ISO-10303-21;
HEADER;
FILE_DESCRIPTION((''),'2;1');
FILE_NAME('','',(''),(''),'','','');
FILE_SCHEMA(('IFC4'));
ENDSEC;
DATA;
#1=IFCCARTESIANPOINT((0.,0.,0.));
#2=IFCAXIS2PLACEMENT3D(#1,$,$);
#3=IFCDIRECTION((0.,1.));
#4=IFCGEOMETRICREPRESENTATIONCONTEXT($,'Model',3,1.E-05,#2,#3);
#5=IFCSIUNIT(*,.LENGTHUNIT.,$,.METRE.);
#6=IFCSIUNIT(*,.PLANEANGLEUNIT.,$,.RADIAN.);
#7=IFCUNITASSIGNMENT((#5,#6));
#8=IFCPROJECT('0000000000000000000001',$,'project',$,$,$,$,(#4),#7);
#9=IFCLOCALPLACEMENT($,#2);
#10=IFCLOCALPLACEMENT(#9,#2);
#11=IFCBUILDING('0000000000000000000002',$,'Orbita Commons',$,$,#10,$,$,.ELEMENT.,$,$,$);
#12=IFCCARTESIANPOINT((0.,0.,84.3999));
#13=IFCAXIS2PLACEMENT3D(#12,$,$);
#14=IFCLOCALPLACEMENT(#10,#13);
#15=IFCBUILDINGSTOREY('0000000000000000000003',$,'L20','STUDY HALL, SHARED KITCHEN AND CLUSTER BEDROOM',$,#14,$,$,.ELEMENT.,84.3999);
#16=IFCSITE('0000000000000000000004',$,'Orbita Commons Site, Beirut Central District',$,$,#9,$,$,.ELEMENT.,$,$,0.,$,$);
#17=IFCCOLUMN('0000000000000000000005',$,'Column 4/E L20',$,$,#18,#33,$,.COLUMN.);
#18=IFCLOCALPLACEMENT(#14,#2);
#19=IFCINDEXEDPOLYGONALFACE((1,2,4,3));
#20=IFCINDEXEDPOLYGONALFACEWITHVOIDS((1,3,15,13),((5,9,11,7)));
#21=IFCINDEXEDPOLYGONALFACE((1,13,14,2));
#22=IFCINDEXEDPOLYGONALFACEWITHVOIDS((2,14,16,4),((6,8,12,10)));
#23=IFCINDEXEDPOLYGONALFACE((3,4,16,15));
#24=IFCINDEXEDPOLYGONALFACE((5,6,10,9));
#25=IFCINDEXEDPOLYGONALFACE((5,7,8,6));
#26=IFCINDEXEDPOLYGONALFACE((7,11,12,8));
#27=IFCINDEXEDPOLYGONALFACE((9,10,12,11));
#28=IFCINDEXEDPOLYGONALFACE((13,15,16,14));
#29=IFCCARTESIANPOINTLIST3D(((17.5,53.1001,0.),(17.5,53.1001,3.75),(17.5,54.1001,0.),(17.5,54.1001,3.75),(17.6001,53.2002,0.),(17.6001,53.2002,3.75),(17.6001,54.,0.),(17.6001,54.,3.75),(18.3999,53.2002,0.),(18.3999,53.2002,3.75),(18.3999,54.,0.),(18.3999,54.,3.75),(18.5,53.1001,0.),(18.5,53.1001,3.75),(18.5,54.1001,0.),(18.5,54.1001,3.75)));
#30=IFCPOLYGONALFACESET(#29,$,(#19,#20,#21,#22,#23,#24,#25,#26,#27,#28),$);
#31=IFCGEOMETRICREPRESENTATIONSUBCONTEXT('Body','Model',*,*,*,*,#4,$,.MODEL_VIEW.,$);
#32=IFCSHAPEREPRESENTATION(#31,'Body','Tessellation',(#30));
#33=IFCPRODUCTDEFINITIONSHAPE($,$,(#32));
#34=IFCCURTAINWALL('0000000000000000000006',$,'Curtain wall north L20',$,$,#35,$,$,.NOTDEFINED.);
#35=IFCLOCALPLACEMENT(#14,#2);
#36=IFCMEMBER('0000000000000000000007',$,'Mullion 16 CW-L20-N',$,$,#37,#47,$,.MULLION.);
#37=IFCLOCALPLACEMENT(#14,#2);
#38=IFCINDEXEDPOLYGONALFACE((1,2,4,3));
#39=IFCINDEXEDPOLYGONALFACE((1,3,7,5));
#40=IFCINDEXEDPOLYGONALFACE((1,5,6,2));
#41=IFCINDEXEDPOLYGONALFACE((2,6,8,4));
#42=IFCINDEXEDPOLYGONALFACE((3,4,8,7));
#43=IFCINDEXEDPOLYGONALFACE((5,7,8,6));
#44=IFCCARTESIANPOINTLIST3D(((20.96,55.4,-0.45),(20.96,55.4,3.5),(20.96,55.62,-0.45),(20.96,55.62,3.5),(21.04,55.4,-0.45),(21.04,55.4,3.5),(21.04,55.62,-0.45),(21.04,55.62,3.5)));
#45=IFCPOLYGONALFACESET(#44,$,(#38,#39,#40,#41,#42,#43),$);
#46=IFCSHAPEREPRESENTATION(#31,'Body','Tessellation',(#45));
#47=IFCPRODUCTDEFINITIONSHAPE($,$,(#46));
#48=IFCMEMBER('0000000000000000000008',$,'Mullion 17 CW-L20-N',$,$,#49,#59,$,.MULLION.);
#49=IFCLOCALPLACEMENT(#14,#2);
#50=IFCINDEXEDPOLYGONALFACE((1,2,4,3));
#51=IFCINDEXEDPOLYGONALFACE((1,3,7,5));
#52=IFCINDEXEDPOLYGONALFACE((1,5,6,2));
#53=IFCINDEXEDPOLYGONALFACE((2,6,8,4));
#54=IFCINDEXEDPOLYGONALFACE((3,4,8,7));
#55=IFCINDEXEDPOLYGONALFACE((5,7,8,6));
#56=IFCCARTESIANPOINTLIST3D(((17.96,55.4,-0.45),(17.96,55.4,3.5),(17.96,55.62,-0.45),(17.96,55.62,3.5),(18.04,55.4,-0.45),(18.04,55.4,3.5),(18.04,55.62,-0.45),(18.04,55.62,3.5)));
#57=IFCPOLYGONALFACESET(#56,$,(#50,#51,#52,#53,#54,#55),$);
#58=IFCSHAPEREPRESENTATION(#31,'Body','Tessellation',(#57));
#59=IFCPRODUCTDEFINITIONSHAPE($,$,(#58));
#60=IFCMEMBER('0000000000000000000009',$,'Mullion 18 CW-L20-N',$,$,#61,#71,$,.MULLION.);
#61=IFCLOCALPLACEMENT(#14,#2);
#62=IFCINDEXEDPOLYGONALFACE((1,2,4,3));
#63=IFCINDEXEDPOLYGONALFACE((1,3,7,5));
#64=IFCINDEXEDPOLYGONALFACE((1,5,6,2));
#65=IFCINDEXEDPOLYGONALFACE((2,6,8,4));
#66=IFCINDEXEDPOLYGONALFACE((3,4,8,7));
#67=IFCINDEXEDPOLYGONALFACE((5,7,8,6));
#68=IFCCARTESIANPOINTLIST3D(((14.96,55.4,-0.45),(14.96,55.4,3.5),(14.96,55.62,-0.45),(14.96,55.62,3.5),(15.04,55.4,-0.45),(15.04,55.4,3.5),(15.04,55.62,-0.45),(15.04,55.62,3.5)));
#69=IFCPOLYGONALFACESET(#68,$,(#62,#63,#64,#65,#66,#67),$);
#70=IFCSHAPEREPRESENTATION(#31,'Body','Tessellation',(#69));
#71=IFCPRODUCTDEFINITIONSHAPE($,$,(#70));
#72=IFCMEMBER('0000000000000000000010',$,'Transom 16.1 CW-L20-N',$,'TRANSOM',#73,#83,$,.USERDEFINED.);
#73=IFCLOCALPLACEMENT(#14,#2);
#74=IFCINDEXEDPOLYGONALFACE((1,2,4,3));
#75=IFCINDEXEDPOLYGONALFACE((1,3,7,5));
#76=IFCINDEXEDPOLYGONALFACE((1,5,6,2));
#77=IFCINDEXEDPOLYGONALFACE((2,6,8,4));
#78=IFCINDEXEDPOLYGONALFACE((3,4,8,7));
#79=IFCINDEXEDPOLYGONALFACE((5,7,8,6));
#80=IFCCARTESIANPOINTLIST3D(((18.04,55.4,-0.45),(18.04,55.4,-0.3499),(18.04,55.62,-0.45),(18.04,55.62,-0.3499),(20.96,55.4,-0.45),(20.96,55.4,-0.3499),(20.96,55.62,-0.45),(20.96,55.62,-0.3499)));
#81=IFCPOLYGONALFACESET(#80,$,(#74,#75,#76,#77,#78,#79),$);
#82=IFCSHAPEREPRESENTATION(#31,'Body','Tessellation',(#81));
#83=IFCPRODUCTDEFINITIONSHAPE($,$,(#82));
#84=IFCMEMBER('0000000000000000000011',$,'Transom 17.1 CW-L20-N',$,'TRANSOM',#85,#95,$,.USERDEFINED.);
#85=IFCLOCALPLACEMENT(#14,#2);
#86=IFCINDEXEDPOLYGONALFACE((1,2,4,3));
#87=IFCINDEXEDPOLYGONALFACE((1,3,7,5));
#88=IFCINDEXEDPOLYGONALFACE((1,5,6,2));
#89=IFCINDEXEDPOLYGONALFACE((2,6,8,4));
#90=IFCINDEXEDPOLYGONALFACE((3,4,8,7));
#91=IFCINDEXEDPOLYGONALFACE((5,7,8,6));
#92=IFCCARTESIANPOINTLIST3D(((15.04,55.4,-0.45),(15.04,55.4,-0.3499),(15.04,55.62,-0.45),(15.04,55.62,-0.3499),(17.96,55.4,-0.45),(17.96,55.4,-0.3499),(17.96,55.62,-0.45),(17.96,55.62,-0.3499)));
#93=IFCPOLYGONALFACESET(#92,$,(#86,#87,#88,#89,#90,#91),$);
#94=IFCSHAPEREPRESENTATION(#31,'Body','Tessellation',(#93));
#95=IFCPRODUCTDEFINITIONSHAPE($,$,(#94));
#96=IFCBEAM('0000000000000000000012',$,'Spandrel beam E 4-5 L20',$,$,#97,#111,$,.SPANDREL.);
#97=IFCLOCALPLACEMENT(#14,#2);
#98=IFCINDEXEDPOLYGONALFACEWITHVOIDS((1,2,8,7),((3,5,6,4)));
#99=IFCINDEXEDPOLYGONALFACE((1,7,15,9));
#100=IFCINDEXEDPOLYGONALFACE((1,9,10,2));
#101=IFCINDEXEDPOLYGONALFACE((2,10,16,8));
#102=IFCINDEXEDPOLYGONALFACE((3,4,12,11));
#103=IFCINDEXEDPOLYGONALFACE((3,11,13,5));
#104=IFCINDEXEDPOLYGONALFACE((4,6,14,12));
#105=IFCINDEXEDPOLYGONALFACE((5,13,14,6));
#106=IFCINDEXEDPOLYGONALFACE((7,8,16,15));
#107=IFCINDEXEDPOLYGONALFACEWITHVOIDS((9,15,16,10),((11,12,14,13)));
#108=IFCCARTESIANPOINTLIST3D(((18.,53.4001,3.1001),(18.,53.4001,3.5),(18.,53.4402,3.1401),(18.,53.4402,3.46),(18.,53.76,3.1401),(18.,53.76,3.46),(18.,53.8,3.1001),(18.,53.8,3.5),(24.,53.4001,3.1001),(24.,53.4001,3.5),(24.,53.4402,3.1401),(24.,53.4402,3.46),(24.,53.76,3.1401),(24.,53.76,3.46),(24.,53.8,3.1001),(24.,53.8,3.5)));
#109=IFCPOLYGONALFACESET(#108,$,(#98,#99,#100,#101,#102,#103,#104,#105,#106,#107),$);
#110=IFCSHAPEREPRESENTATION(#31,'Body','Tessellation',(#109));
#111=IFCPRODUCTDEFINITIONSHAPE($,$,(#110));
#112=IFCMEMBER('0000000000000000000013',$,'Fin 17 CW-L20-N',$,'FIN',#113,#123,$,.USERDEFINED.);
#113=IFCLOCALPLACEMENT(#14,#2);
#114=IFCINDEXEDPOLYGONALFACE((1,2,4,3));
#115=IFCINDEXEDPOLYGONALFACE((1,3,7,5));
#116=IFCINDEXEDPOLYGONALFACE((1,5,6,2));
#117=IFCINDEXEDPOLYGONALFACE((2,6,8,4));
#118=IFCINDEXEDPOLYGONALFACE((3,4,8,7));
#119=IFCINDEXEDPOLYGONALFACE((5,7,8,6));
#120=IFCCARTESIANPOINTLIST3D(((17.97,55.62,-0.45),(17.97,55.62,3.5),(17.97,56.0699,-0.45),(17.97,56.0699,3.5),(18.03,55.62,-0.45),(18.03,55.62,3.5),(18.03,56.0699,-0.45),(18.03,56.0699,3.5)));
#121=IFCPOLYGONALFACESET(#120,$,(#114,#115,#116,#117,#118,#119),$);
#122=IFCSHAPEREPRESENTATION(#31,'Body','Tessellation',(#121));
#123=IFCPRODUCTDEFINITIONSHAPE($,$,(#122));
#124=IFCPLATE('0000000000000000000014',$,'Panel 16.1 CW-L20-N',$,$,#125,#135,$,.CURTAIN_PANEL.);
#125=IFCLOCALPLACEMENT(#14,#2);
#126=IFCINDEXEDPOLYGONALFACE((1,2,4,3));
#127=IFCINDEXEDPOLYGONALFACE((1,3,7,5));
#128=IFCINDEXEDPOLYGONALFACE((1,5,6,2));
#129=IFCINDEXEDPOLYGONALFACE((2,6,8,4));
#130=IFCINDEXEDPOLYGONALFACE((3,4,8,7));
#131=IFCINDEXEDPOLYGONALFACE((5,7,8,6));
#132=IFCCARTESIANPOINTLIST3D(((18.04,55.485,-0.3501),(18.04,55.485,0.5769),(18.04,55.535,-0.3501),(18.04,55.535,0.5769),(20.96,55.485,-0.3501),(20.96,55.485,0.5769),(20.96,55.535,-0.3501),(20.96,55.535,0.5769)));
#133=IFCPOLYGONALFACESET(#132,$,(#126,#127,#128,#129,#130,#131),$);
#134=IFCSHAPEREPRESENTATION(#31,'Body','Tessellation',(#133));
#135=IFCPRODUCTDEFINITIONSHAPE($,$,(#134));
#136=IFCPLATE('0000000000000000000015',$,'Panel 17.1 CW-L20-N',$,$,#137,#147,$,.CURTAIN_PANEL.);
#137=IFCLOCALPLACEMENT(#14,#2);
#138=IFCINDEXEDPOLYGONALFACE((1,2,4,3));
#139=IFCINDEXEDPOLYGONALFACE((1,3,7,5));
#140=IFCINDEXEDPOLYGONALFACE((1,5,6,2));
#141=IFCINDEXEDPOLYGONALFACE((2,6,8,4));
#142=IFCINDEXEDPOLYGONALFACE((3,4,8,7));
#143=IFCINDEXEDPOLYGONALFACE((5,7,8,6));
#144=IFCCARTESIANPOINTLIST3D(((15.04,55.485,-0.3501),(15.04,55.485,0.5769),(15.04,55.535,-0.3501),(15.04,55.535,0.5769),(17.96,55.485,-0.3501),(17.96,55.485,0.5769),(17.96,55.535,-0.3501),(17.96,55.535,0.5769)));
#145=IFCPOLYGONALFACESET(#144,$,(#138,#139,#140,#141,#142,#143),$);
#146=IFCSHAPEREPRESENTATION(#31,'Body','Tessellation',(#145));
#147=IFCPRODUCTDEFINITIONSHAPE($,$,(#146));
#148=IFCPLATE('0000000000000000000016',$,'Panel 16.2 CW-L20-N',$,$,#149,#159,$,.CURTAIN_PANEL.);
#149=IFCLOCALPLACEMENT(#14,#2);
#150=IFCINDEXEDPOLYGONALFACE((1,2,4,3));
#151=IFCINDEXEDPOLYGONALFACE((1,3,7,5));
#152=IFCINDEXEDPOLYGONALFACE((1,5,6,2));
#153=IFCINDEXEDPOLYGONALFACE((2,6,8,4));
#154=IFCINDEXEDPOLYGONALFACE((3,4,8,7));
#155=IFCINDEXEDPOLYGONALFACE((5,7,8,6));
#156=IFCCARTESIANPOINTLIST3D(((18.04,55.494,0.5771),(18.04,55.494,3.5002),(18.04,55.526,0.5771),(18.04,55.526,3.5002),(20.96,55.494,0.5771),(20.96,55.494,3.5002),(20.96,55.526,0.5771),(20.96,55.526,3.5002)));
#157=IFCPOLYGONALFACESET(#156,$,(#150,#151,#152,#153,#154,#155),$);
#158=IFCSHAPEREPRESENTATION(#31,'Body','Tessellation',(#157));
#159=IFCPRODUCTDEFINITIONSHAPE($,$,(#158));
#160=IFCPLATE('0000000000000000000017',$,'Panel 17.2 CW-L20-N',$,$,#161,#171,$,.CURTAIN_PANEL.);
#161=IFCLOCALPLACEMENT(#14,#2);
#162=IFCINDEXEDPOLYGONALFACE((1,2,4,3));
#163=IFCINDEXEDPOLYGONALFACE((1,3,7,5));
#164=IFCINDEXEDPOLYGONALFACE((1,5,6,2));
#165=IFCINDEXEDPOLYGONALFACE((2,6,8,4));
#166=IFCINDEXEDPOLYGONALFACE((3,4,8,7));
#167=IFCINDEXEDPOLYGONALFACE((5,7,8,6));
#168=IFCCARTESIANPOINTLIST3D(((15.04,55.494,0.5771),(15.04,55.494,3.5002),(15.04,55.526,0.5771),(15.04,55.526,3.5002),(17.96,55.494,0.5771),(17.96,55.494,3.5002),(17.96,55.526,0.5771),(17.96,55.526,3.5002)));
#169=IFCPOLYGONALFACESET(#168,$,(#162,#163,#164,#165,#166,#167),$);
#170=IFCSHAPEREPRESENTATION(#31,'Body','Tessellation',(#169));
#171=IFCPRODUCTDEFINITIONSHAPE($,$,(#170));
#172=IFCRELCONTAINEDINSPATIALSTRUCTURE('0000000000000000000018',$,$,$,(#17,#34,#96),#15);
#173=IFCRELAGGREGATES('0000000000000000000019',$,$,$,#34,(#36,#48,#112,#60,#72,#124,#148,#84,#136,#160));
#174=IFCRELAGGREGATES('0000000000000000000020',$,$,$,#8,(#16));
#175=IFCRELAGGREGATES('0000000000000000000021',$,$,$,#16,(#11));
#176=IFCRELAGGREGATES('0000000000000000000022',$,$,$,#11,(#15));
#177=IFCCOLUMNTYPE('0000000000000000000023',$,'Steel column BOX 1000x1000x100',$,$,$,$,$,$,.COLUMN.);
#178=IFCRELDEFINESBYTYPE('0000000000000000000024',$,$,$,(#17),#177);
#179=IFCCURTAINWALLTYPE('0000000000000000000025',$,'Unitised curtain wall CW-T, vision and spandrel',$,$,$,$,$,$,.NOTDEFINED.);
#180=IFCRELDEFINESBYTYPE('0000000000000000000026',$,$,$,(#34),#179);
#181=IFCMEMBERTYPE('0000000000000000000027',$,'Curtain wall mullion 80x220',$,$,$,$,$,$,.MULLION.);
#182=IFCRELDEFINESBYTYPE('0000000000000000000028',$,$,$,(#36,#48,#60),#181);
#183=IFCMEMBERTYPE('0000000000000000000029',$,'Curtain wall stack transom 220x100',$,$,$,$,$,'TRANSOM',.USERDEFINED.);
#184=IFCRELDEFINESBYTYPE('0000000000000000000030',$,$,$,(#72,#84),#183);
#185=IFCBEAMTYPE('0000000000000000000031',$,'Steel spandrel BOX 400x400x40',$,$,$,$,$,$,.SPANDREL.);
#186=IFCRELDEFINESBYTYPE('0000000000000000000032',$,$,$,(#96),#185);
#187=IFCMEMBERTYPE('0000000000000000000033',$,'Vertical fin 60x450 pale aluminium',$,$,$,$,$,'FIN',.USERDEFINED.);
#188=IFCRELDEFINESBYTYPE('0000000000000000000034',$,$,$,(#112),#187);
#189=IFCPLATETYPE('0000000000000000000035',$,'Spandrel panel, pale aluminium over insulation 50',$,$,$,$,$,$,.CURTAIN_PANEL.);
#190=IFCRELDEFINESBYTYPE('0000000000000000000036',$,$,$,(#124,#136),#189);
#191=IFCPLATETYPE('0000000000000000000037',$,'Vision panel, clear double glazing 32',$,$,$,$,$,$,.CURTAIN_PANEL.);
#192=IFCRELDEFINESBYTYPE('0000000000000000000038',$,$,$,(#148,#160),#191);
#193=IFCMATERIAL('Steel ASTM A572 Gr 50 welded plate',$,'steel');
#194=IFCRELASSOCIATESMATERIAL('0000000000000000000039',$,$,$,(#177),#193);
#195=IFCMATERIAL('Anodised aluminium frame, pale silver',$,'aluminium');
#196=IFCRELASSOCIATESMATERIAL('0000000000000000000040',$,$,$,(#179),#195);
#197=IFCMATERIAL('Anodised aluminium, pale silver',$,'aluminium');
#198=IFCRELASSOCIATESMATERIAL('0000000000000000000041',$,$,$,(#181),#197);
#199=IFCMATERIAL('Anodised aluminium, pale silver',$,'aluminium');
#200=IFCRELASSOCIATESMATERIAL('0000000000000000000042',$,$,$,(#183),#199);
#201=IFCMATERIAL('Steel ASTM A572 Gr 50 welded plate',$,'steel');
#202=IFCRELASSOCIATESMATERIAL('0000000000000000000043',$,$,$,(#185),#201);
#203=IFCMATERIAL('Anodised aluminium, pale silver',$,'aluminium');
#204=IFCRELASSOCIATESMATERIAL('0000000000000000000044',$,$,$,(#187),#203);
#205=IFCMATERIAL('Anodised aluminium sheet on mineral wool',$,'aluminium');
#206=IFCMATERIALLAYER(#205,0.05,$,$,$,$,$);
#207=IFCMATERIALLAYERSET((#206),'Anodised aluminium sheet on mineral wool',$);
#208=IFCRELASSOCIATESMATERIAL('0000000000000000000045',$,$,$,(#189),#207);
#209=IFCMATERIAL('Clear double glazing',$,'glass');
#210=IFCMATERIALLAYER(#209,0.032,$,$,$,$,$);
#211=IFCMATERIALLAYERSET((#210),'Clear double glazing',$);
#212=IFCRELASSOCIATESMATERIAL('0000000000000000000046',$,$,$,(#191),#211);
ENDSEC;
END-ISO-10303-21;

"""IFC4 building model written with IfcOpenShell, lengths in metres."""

from ifc_helpers import new_model, si_unit, direction, frame, origin, origin_2d, place, context, subcontext, project, spatial, rectangle, hollow_rectangle, extrude, material, layer, layer_set, material_profile, profile_set, type_object, element, aggregate, save


model = new_model("IFC4")

# Units and contexts
model_context = context("Model", 3, precision=1e-05, world=origin(), true_north=direction((0.0, 1.0)))
body_context = subcontext(model_context, "Body", "Model", "MODEL_VIEW")
ifc_project = project(units=[si_unit("LENGTHUNIT", "METRE"), si_unit("PLANEANGLEUNIT", "RADIAN")], contexts=[model_context])

# Site, building, storey
site_placement = place(None, origin())
site = spatial("IfcSite", under=ifc_project, at=site_placement, Name="Orbita Commons Site, Beirut Central District", CompositionType="ELEMENT", RefElevation=0.0)
building_placement = place(site_placement, origin())
building = spatial("IfcBuilding", under=site, at=building_placement, Name="Orbita Commons", CompositionType="ELEMENT")
storey_placement = place(building_placement, frame((0.0, 0.0, 84.3999)))
storey = spatial("IfcBuildingStorey", under=building, at=storey_placement, Name="L20", Description="STUDY HALL, SHARED KITCHEN AND CLUSTER BEDROOM", CompositionType="ELEMENT", Elevation=84.3999)

# Column
ifc_material_1 = material(Name="Steel ASTM A572 Gr 50 welded plate", Category="steel")
ifc_material_profile_1 = material_profile(ifc_material_1, hollow_rectangle(XDim=1.0, YDim=1.0, WallThickness=0.1001, at=origin_2d()), Name="BOX 1000x1000x100")
ifc_profile_set_1 = profile_set([ifc_material_profile_1], Name="Steel ASTM A572 Gr 50 welded plate")
column_type = type_object("IfcColumnType", Name="Steel column BOX 1000x1000x100", PredefinedType="COLUMN", material=ifc_profile_set_1)
column_placement = place(storey_placement, frame((18.0, 53.6001, 0.0), z_axis=(0.0, 0.0, 1.0), x_axis=(1.0, 0.0, 0.0)))
element("IfcColumn", 1, at=column_placement, inside=storey, type_object=column_type, Name="Column 4/E L20", PredefinedType="COLUMN", context=body_context, shape_type="SweptSolid", body=[
    extrude(hollow_rectangle(XDim=1.0, YDim=1.0, WallThickness=0.1001, at=origin_2d()), origin(), (0.0, 0.0, 1.0), 3.75),
])

# Curtain wall, members
ifc_material_2 = material(Name="Anodised aluminium frame, pale silver", Category="aluminium")
curtain_wall_type = type_object("IfcCurtainWallType", Name="Unitised curtain wall CW-T, vision and spandrel", PredefinedType="NOTDEFINED", material=ifc_material_2)
curtain_wall_placement = place(storey_placement, origin())
curtain_wall = element("IfcCurtainWall", 2, at=curtain_wall_placement, inside=storey, type_object=curtain_wall_type, Name="Curtain wall north L20", PredefinedType="NOTDEFINED")
ifc_material_3 = material(Name="Anodised aluminium, pale silver", Category="aluminium")
ifc_material_profile_2 = material_profile(ifc_material_3, rectangle(XDim=0.0801, YDim=0.22, at=origin_2d()), Name="AL 80x220")
ifc_profile_set_2 = profile_set([ifc_material_profile_2], Name="Anodised aluminium, pale silver")
member_type_1 = type_object("IfcMemberType", Name="Curtain wall mullion 80x220", PredefinedType="MULLION", material=ifc_profile_set_2)
member_1_placement = place(storey_placement, frame((21.0, 55.51, -0.45), z_axis=(0.0, 0.0, 1.0), x_axis=(-1.0, 0.0, 0.0)))
member_1 = element("IfcMember", 3, at=member_1_placement, type_object=member_type_1, Name="Mullion 16 CW-L20-N", PredefinedType="MULLION", context=body_context, shape_type="SweptSolid", body=[
    extrude(rectangle(XDim=0.0801, YDim=0.22, at=origin_2d()), origin(), (0.0, 0.0, 1.0), 3.95),
])
member_2_placement = place(storey_placement, frame((18.0, 55.51, -0.45), z_axis=(0.0, 0.0, 1.0), x_axis=(-1.0, 0.0, 0.0)))
member_2 = element("IfcMember", 4, at=member_2_placement, type_object=member_type_1, Name="Mullion 17 CW-L20-N", PredefinedType="MULLION", context=body_context, shape_type="SweptSolid", body=[
    extrude(rectangle(XDim=0.0801, YDim=0.22, at=origin_2d()), origin(), (0.0, 0.0, 1.0), 3.95),
])
member_3_placement = place(storey_placement, frame((15.0, 55.51, -0.45), z_axis=(0.0, 0.0, 1.0), x_axis=(-1.0, 0.0, 0.0)))
member_3 = element("IfcMember", 5, at=member_3_placement, type_object=member_type_1, Name="Mullion 18 CW-L20-N", PredefinedType="MULLION", context=body_context, shape_type="SweptSolid", body=[
    extrude(rectangle(XDim=0.0801, YDim=0.22, at=origin_2d()), origin(), (0.0, 0.0, 1.0), 3.95),
])
ifc_material_4 = material(Name="Anodised aluminium, pale silver", Category="aluminium")
ifc_material_profile_3 = material_profile(ifc_material_4, rectangle(XDim=0.22, YDim=0.1001, at=origin_2d()), Name="AL 220x100")
ifc_profile_set_3 = profile_set([ifc_material_profile_3], Name="Anodised aluminium, pale silver")
member_type_2 = type_object("IfcMemberType", Name="Curtain wall stack transom 220x100", ElementType="TRANSOM", PredefinedType="USERDEFINED", material=ifc_profile_set_3)
member_4_placement = place(storey_placement, frame((20.96, 55.51, -0.3999), z_axis=(-1.0, 0.0, 0.0), x_axis=(0.0, -1.0, 0.0)))
member_4 = element("IfcMember", 6, at=member_4_placement, type_object=member_type_2, Name="Transom 16.1 CW-L20-N", ObjectType="TRANSOM", PredefinedType="USERDEFINED", context=body_context, shape_type="SweptSolid", body=[
    extrude(rectangle(XDim=0.22, YDim=0.1001, at=origin_2d()), origin(), (0.0, 0.0, 1.0), 2.9199),
])
member_5_placement = place(storey_placement, frame((17.96, 55.51, -0.3999), z_axis=(-1.0, 0.0, 0.0), x_axis=(0.0, -1.0, 0.0)))
member_5 = element("IfcMember", 7, at=member_5_placement, type_object=member_type_2, Name="Transom 17.1 CW-L20-N", ObjectType="TRANSOM", PredefinedType="USERDEFINED", context=body_context, shape_type="SweptSolid", body=[
    extrude(rectangle(XDim=0.22, YDim=0.1001, at=origin_2d()), origin(), (0.0, 0.0, 1.0), 2.9199),
])

# Beam
ifc_material_5 = material(Name="Steel ASTM A572 Gr 50 welded plate", Category="steel")
ifc_material_profile_4 = material_profile(ifc_material_5, hollow_rectangle(XDim=0.3999, YDim=0.3999, WallThickness=0.04, at=origin_2d()), Name="BOX 400x400x40")
ifc_profile_set_4 = profile_set([ifc_material_profile_4], Name="Steel ASTM A572 Gr 50 welded plate")
beam_type = type_object("IfcBeamType", Name="Steel spandrel BOX 400x400x40", PredefinedType="SPANDREL", material=ifc_profile_set_4)
beam_placement = place(storey_placement, frame((18.0, 53.6001, 3.3), z_axis=(1.0, 0.0, 0.0), x_axis=(0.0, 1.0, 0.0)))
element("IfcBeam", 8, at=beam_placement, inside=storey, type_object=beam_type, Name="Spandrel beam E 4-5 L20", PredefinedType="SPANDREL", context=body_context, shape_type="SweptSolid", body=[
    extrude(hollow_rectangle(XDim=0.3999, YDim=0.3999, WallThickness=0.04, at=origin_2d()), origin(), (0.0, 0.0, 1.0), 6.0),
])

# Member
ifc_material_6 = material(Name="Anodised aluminium, pale silver", Category="aluminium")
ifc_material_profile_5 = material_profile(ifc_material_6, rectangle(XDim=0.0601, YDim=0.45, at=origin_2d()), Name="FIN 60x450")
ifc_profile_set_5 = profile_set([ifc_material_profile_5], Name="Anodised aluminium, pale silver")
member_type_3 = type_object("IfcMemberType", Name="Vertical fin 60x450 pale aluminium", ElementType="FIN", PredefinedType="USERDEFINED", material=ifc_profile_set_5)
member_6_placement = place(storey_placement, frame((18.0, 55.845, -0.45), z_axis=(0.0, 0.0, 1.0), x_axis=(-1.0, 0.0, 0.0)))
member_6 = element("IfcMember", 9, at=member_6_placement, type_object=member_type_3, Name="Fin 17 CW-L20-N", ObjectType="FIN", PredefinedType="USERDEFINED", context=body_context, shape_type="SweptSolid", body=[
    extrude(rectangle(XDim=0.0601, YDim=0.45, at=origin_2d()), origin(), (0.0, 0.0, 1.0), 3.95),
])

# Plates
ifc_material_7 = material(Name="Anodised aluminium sheet on mineral wool", Category="aluminium")
ifc_layer_1 = layer(ifc_material_7, 0.05)
ifc_layer_set_1 = layer_set([ifc_layer_1], Name="Anodised aluminium sheet on mineral wool")
plate_type_1 = type_object("IfcPlateType", Name="Spandrel panel, pale aluminium over insulation 50", PredefinedType="CURTAIN_PANEL", material=ifc_layer_set_1)
plate_1_placement = place(storey_placement, frame((19.5, 55.51, -0.3501), z_axis=(0.0, 0.0, 1.0), x_axis=(-1.0, 0.0, 0.0)))
plate_1 = element("IfcPlate", 10, at=plate_1_placement, type_object=plate_type_1, Name="Panel 16.1 CW-L20-N", PredefinedType="CURTAIN_PANEL", context=body_context, shape_type="SweptSolid", body=[
    extrude(rectangle(XDim=2.9199, YDim=0.05, at=origin_2d()), origin(), (0.0, 0.0, 1.0), 0.927),
])
plate_2_placement = place(storey_placement, frame((16.5, 55.51, -0.3501), z_axis=(0.0, 0.0, 1.0), x_axis=(-1.0, 0.0, 0.0)))
plate_2 = element("IfcPlate", 11, at=plate_2_placement, type_object=plate_type_1, Name="Panel 17.1 CW-L20-N", PredefinedType="CURTAIN_PANEL", context=body_context, shape_type="SweptSolid", body=[
    extrude(rectangle(XDim=2.9199, YDim=0.05, at=origin_2d()), origin(), (0.0, 0.0, 1.0), 0.927),
])
ifc_material_8 = material(Name="Clear double glazing", Category="glass")
ifc_layer_2 = layer(ifc_material_8, 0.032)
ifc_layer_set_2 = layer_set([ifc_layer_2], Name="Clear double glazing")
plate_type_2 = type_object("IfcPlateType", Name="Vision panel, clear double glazing 32", PredefinedType="CURTAIN_PANEL", material=ifc_layer_set_2)
plate_3_placement = place(storey_placement, frame((19.5, 55.51, 0.5771), z_axis=(0.0, 0.0, 1.0), x_axis=(-1.0, 0.0, 0.0)))
plate_3 = element("IfcPlate", 12, at=plate_3_placement, type_object=plate_type_2, Name="Panel 16.2 CW-L20-N", PredefinedType="CURTAIN_PANEL", context=body_context, shape_type="SweptSolid", body=[
    extrude(rectangle(XDim=2.9199, YDim=0.032, at=origin_2d()), origin(), (0.0, 0.0, 1.0), 2.9231),
])
plate_4_placement = place(storey_placement, frame((16.5, 55.51, 0.5771), z_axis=(0.0, 0.0, 1.0), x_axis=(-1.0, 0.0, 0.0)))
plate_4 = element("IfcPlate", 13, at=plate_4_placement, type_object=plate_type_2, Name="Panel 17.2 CW-L20-N", PredefinedType="CURTAIN_PANEL", context=body_context, shape_type="SweptSolid", body=[
    extrude(rectangle(XDim=2.9199, YDim=0.032, at=origin_2d()), origin(), (0.0, 0.0, 1.0), 2.9231),
])
aggregate(curtain_wall, [member_1, member_2, member_6, member_3, member_4, plate_1, plate_3, member_5, plate_2, plate_4])

save(model, "model.ifc")
